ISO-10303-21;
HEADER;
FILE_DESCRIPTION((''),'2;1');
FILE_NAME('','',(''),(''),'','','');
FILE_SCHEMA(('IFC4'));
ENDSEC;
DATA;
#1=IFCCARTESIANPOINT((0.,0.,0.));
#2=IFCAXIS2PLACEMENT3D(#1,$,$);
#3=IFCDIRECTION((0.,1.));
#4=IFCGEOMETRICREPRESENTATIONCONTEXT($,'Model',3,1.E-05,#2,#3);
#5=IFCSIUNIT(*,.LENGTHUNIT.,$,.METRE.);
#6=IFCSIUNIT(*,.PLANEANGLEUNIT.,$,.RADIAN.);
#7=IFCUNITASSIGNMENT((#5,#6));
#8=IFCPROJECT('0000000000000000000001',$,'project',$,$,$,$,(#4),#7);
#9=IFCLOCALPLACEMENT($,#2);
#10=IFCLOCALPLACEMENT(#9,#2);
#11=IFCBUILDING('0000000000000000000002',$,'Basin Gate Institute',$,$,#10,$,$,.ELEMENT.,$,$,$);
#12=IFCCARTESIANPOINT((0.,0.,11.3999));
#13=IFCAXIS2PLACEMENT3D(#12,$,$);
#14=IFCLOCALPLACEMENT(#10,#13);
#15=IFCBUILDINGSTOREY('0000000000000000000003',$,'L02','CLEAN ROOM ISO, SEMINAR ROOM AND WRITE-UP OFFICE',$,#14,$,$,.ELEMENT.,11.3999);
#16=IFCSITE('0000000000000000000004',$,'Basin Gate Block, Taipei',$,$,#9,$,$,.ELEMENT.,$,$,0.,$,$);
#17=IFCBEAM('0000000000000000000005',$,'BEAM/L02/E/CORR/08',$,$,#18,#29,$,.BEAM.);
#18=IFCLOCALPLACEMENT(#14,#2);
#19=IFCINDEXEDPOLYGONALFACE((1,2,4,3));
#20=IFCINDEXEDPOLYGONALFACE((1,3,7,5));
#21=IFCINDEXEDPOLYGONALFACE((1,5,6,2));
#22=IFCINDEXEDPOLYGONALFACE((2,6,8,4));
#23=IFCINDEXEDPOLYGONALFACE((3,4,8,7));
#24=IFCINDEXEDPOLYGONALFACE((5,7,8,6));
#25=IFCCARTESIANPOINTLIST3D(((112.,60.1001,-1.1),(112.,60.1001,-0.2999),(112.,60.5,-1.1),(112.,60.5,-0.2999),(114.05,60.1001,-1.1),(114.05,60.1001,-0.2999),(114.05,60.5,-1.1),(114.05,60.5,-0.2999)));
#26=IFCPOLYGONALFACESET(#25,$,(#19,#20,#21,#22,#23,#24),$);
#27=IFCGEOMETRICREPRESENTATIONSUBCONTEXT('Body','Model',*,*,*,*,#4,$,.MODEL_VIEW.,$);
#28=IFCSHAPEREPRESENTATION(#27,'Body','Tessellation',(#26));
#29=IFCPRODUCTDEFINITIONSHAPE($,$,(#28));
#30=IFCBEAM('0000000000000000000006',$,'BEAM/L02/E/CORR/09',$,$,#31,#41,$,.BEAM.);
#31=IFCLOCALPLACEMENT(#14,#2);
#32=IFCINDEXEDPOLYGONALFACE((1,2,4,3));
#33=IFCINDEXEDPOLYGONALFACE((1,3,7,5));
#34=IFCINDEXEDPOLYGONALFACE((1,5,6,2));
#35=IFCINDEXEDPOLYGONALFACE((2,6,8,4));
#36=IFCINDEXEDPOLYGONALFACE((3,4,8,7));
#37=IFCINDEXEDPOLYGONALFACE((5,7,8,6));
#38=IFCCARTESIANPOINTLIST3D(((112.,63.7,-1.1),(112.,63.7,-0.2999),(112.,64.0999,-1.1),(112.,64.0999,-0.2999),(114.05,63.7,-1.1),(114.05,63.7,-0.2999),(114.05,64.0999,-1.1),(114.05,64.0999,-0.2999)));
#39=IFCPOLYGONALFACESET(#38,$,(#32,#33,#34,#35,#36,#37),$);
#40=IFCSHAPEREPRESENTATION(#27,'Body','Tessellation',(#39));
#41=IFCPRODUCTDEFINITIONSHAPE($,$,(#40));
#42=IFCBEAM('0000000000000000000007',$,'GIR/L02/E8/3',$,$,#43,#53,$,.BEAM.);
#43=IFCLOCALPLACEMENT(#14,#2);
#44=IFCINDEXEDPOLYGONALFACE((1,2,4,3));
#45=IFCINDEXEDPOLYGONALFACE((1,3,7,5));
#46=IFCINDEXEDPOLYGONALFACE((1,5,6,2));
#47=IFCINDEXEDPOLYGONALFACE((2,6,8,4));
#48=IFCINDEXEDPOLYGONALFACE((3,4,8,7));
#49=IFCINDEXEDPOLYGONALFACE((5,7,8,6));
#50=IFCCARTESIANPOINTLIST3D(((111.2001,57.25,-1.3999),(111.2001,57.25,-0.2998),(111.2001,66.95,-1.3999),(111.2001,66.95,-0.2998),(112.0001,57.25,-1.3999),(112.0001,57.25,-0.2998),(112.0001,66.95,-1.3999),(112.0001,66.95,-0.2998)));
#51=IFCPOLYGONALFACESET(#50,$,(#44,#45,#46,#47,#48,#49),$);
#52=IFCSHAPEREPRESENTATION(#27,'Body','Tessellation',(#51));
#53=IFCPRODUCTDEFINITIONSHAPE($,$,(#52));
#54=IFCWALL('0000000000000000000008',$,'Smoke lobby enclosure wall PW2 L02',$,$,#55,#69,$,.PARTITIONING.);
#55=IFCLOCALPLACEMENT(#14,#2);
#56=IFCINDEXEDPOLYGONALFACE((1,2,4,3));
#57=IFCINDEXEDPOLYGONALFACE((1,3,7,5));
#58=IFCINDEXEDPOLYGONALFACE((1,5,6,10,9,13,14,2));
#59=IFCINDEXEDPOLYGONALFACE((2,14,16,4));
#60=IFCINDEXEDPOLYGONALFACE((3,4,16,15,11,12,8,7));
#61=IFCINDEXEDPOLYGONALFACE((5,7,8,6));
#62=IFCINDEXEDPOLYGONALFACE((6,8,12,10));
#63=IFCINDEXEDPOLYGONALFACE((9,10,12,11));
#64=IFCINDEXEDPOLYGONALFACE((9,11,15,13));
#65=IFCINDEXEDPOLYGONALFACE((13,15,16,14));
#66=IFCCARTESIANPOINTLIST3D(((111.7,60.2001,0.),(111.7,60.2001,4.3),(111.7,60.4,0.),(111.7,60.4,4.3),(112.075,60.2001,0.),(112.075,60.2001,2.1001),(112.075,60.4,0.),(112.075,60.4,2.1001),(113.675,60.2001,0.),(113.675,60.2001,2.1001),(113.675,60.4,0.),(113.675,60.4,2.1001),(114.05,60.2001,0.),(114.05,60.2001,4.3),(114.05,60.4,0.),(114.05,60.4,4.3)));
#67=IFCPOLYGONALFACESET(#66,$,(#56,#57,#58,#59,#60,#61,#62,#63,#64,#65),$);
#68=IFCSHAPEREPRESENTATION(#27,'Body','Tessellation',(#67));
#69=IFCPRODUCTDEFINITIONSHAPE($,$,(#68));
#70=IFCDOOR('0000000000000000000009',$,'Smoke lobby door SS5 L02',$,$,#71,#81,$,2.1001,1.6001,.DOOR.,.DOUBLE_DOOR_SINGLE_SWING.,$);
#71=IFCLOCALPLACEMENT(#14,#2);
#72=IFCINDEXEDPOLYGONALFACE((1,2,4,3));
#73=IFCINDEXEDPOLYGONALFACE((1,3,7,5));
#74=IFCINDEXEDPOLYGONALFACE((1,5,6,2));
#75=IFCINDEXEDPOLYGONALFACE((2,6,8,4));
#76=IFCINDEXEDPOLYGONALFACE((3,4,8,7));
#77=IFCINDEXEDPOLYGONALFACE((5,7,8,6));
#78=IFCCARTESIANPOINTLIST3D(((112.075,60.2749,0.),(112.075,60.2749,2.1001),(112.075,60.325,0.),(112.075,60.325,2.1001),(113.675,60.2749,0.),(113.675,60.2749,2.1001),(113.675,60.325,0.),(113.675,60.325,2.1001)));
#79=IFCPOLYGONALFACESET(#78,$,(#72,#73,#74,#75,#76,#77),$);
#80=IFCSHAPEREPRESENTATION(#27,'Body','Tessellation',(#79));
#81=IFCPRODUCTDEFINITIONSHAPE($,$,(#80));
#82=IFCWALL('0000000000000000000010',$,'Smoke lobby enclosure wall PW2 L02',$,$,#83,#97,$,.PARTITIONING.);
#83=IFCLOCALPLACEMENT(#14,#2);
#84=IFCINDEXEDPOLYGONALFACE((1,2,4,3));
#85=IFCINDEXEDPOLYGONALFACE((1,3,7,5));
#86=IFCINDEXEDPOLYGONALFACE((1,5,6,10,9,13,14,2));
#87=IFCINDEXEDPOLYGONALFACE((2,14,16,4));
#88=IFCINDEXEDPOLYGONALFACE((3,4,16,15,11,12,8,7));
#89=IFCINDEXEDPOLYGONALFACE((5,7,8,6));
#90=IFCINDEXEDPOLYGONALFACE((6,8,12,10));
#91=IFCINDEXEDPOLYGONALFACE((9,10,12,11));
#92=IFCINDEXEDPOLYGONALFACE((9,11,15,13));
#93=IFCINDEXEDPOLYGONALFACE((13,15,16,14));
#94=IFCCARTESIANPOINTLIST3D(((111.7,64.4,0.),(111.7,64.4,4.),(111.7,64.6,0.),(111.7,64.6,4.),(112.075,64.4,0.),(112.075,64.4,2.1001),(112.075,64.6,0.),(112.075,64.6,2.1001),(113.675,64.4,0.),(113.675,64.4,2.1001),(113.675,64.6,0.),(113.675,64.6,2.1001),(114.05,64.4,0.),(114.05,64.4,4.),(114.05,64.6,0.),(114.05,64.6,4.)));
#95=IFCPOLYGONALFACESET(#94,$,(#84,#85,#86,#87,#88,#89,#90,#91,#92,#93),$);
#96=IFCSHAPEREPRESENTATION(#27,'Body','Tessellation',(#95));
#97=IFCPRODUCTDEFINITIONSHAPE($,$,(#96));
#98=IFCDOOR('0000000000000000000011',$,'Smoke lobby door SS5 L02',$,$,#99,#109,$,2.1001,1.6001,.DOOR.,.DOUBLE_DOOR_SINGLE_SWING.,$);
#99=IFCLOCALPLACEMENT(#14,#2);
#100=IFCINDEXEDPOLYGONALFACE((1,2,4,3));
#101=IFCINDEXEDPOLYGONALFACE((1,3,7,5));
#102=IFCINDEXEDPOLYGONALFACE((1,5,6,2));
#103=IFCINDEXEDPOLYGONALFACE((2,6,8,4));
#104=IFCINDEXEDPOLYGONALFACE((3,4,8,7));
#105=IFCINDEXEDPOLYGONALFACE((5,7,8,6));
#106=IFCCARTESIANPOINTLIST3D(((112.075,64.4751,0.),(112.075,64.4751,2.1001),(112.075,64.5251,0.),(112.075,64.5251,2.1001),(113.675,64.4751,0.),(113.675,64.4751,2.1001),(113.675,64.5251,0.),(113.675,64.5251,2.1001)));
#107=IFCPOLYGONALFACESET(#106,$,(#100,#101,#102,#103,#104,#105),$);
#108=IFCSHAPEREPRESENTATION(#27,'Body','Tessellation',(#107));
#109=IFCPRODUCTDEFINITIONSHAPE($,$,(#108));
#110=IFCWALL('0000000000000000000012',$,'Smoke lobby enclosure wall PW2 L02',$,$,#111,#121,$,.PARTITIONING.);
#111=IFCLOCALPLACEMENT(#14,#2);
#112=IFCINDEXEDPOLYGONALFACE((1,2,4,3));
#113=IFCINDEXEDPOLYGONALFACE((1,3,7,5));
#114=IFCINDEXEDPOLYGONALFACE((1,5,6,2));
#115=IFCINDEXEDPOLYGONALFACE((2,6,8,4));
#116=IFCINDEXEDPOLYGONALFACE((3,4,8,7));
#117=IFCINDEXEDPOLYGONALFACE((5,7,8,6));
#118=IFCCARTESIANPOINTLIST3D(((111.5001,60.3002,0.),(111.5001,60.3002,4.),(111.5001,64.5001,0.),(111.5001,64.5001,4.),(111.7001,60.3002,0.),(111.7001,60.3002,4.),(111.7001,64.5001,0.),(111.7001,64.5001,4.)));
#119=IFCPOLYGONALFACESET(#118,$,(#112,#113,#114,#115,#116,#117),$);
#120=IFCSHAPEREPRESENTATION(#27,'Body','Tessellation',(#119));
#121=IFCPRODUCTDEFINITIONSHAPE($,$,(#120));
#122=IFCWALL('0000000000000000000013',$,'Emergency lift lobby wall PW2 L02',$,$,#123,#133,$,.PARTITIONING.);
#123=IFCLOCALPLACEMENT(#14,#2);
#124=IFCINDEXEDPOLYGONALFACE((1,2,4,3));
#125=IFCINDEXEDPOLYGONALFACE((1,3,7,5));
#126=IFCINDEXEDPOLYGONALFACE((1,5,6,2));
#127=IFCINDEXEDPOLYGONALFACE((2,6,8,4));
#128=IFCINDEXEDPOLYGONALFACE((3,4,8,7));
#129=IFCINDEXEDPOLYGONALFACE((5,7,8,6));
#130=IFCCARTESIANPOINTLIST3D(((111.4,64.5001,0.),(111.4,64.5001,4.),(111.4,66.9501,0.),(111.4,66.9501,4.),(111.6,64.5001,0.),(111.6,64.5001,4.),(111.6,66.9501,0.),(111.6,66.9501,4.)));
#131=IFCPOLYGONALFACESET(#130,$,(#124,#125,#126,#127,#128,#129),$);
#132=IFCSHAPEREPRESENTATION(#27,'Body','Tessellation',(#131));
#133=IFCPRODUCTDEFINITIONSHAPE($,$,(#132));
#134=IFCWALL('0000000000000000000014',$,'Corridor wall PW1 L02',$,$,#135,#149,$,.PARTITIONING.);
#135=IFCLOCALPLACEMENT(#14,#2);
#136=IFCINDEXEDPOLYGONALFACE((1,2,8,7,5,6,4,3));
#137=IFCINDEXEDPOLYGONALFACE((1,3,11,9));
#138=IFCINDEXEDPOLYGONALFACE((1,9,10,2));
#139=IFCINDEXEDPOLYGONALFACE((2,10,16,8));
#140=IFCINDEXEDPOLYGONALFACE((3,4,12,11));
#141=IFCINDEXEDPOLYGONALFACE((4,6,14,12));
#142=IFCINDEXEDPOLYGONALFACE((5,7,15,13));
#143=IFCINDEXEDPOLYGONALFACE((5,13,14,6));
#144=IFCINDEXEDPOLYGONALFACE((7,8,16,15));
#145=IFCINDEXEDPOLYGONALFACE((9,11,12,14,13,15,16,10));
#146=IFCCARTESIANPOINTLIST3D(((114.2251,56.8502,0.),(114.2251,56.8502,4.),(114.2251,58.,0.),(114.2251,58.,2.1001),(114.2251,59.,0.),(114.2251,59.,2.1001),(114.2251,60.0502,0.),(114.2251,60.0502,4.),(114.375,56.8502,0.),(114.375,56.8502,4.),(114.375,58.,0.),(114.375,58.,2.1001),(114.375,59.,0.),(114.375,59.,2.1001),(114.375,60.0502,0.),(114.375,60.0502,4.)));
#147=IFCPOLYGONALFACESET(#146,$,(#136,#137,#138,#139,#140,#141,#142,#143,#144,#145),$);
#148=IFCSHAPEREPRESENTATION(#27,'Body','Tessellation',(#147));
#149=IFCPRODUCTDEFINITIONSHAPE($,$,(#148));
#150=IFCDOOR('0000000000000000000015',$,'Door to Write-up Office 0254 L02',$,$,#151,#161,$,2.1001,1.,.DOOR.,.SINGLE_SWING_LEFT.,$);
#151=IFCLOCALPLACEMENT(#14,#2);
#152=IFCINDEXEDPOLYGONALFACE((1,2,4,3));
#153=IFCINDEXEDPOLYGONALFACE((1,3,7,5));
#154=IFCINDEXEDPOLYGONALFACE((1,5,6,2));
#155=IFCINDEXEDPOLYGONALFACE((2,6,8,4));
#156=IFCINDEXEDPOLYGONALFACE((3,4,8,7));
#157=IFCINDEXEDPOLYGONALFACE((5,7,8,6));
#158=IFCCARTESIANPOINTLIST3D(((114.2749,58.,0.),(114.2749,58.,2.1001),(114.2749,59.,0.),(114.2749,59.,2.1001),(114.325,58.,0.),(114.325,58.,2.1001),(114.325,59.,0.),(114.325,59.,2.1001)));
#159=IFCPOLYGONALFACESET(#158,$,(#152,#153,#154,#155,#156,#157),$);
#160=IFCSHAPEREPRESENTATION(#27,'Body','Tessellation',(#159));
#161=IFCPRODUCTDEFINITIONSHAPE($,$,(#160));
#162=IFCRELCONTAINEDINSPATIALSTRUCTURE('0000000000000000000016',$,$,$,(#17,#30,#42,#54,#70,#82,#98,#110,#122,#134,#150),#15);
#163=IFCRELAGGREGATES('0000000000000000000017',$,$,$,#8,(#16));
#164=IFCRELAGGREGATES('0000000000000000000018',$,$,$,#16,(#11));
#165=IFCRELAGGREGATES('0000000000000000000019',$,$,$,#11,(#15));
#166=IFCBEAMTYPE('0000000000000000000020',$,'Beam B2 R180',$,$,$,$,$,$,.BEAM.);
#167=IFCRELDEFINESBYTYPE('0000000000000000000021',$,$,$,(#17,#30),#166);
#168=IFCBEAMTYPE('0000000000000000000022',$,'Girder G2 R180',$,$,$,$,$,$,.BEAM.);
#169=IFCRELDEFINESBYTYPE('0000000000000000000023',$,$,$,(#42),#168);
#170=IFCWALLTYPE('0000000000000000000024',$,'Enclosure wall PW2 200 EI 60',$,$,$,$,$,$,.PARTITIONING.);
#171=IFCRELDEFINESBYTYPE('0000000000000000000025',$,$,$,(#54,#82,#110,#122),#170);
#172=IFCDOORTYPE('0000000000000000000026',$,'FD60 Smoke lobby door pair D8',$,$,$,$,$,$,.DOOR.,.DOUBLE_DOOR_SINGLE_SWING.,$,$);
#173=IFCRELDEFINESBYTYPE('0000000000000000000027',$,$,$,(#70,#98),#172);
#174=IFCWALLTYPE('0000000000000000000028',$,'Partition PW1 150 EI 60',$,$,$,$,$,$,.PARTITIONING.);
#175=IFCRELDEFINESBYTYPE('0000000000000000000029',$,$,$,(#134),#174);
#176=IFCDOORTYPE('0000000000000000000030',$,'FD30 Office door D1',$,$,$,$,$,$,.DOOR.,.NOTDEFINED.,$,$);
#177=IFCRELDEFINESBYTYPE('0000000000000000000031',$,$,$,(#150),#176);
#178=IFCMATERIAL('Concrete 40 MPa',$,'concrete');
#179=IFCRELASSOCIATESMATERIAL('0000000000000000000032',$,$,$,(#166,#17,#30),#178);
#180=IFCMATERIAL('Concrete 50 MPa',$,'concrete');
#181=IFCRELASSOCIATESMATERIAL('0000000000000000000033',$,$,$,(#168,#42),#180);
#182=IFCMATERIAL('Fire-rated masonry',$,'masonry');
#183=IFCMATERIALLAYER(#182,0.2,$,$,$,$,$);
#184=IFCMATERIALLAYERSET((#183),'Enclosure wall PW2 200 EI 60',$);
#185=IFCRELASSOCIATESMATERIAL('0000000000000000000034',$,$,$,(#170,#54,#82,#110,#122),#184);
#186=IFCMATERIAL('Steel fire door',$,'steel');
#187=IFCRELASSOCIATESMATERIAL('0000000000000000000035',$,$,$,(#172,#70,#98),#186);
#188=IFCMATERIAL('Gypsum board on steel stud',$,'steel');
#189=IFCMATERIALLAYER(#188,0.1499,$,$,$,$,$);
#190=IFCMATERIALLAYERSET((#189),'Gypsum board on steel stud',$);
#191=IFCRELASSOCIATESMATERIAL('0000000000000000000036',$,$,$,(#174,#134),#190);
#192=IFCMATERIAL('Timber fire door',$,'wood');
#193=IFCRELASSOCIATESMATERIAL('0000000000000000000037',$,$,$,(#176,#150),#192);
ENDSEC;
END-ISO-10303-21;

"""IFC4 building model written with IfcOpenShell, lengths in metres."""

from ifc_helpers import new_model, si_unit, direction, frame, frame_2d, origin, origin_2d, place, context, subcontext, project, spatial, rectangle, extrude, material, layer, layer_set, material_profile, profile_set, type_object, element, fill, save


model = new_model("IFC4")

# Units and contexts
model_context = context("Model", 3, precision=1e-05, world=origin(), true_north=direction((0.0, 1.0)))
body_context = subcontext(model_context, "Body", "Model", "MODEL_VIEW")
ifc_project = project(units=[si_unit("LENGTHUNIT", "METRE"), si_unit("PLANEANGLEUNIT", "RADIAN")], contexts=[model_context])

# Site, building, storey
site_placement = place(None, origin())
site = spatial("IfcSite", under=ifc_project, at=site_placement, Name="Basin Gate Block, Taipei", CompositionType="ELEMENT", RefElevation=0.0)
building_placement = place(site_placement, origin())
building = spatial("IfcBuilding", under=site, at=building_placement, Name="Basin Gate Institute", CompositionType="ELEMENT")
storey_placement = place(building_placement, frame((0.0, 0.0, 11.3999)))
storey = spatial("IfcBuildingStorey", under=building, at=storey_placement, Name="L02", Description="CLEAN ROOM ISO, SEMINAR ROOM AND WRITE-UP OFFICE", CompositionType="ELEMENT", Elevation=11.3999)

# Beams
ifc_material_1 = material(Name="Concrete 40 MPa", Category="concrete")
ifc_material_profile_1 = material_profile(ifc_material_1, rectangle(XDim=0.3999, YDim=0.8, at=origin_2d()), Name="Beam B2 400 x 800")
ifc_profile_set_1 = profile_set([ifc_material_profile_1], Name="Concrete 40 MPa")
beam_type_1 = type_object("IfcBeamType", Name="Beam B2 R180", PredefinedType="BEAM", material=ifc_profile_set_1)
for number, where, z_axis, x_axis, name in (
    (1, (114.05, 60.3, -0.7), (-1.0, 0.0, 0.0), (0.0, -1.0, 0.0), "BEAM/L02/E/CORR/08"),
    (2, (114.05, 63.8999, -0.7), (-1.0, 0.0, 0.0), (0.0, -1.0, 0.0), "BEAM/L02/E/CORR/09"),
):
    element("IfcBeam", number, at=place(storey_placement, frame(where, z_axis=z_axis, x_axis=x_axis)), inside=storey, type_object=beam_type_1, material=ifc_profile_set_1, Name=name, PredefinedType="BEAM", context=body_context, shape_type="SweptSolid", body=[
        extrude(rectangle(XDim=0.3999, YDim=0.8, at=origin_2d()), origin(), (0.0, 0.0, 1.0), 2.05),
    ])
ifc_material_2 = material(Name="Concrete 50 MPa", Category="concrete")
ifc_material_profile_2 = material_profile(ifc_material_2, rectangle(XDim=0.8, YDim=1.1001, at=origin_2d()), Name="Girder G2 800 x 1100")
ifc_profile_set_2 = profile_set([ifc_material_profile_2], Name="Concrete 50 MPa")
beam_type_2 = type_object("IfcBeamType", Name="Girder G2 R180", PredefinedType="BEAM", material=ifc_profile_set_2)
beam_placement = place(storey_placement, frame((111.6001, 57.25, -0.8499), z_axis=(0.0, 1.0, 0.0), x_axis=(-1.0, 0.0, 0.0)))
element("IfcBeam", 3, at=beam_placement, inside=storey, type_object=beam_type_2, material=ifc_profile_set_2, Name="GIR/L02/E8/3", PredefinedType="BEAM", context=body_context, shape_type="SweptSolid", body=[
    extrude(rectangle(XDim=0.8, YDim=1.1001, at=origin_2d()), origin(), (0.0, 0.0, 1.0), 9.7),
])

# Walls, openings, doors
ifc_material_3 = material(Name="Fire-rated masonry", Category="masonry")
ifc_layer_1 = layer(ifc_material_3, 0.2)
ifc_layer_set_1 = layer_set([ifc_layer_1], Name="Enclosure wall PW2 200 EI 60")
wall_type_1 = type_object("IfcWallType", Name="Enclosure wall PW2 200 EI 60", PredefinedType="PARTITIONING", material=ifc_layer_set_1)
wall_1_placement = place(storey_placement, frame((114.05, 60.3, 0.0), z_axis=(0.0, 0.0, 1.0), x_axis=(-1.0, 0.0, 0.0)))
wall_1 = element("IfcWall", 4, at=wall_1_placement, inside=storey, type_object=wall_type_1, material=ifc_layer_set_1, Name="Smoke lobby enclosure wall PW2 L02", PredefinedType="PARTITIONING", context=body_context, shape_type="SweptSolid", body=[
    extrude(rectangle(XDim=2.3501, YDim=0.2, at=frame_2d((1.175, 0.0))), origin(), (0.0, 0.0, 1.0), 4.3),
])
opening_1_placement = place(wall_1_placement, frame((0.375, 0.0, 0.0)))
opening_1 = element("IfcOpeningElement", 5, at=opening_1_placement, cuts=wall_1, PredefinedType="OPENING", context=body_context, shape_type="SweptSolid", body=[
    extrude(rectangle(XDim=1.6001, YDim=2.1001, at=frame_2d((0.8, 1.05))), frame((0.0, 0.1099, 0.0), z_axis=(0.0, -1.0, 0.0), x_axis=(1.0, 0.0, 0.0)), (0.0, 0.0, 1.0), 0.22),
])
ifc_material_4 = material(Name="Steel fire door", Category="steel")
door_type_1 = type_object("IfcDoorType", Name="FD60 Smoke lobby door pair D8", OperationType="DOUBLE_DOOR_SINGLE_SWING", PredefinedType="DOOR", material=ifc_material_4)
door_1_placement = place(opening_1_placement, frame((1.6001, 0.0, 0.0), z_axis=(0.0, 0.0, 1.0), x_axis=(-1.0, 0.0, 0.0)))
door_1 = element("IfcDoor", 6, at=door_1_placement, inside=storey, type_object=door_type_1, material=ifc_material_4, Name="Smoke lobby door SS5 L02", OperationType="DOUBLE_DOOR_SINGLE_SWING", OverallHeight=2.1001, OverallWidth=1.6001, PredefinedType="DOOR", context=body_context, shape_type="SweptSolid", body=[
    extrude(rectangle(XDim=1.6001, YDim=2.1001, at=frame_2d((0.8, 1.05))), frame((0.0, 0.0249, 0.0), z_axis=(0.0, -1.0, 0.0), x_axis=(1.0, 0.0, 0.0)), (0.0, 0.0, 1.0), 0.05),
])
fill(opening_1, door_1)
wall_2_placement = place(storey_placement, frame((114.05, 64.5, 0.0), z_axis=(0.0, 0.0, 1.0), x_axis=(-1.0, 0.0, 0.0)))
wall_2 = element("IfcWall", 7, at=wall_2_placement, inside=storey, type_object=wall_type_1, material=ifc_layer_set_1, Name="Smoke lobby enclosure wall PW2 L02", PredefinedType="PARTITIONING", context=body_context, shape_type="SweptSolid", body=[
    extrude(rectangle(XDim=2.3501, YDim=0.2, at=frame_2d((1.175, 0.0))), origin(), (0.0, 0.0, 1.0), 4.0),
])
opening_2_placement = place(wall_2_placement, frame((0.375, 0.0, 0.0)))
opening_2 = element("IfcOpeningElement", 8, at=opening_2_placement, cuts=wall_2, PredefinedType="OPENING", context=body_context, shape_type="SweptSolid", body=[
    extrude(rectangle(XDim=1.6001, YDim=2.1001, at=frame_2d((0.8, 1.05))), frame((0.0, 0.1099, 0.0), z_axis=(0.0, -1.0, 0.0), x_axis=(1.0, 0.0, 0.0)), (0.0, 0.0, 1.0), 0.22),
])
door_2_placement = place(opening_2_placement, origin())
door_2 = element("IfcDoor", 9, at=door_2_placement, inside=storey, type_object=door_type_1, material=ifc_material_4, Name="Smoke lobby door SS5 L02", OperationType="DOUBLE_DOOR_SINGLE_SWING", OverallHeight=2.1001, OverallWidth=1.6001, PredefinedType="DOOR", context=body_context, shape_type="SweptSolid", body=[
    extrude(rectangle(XDim=1.6001, YDim=2.1001, at=frame_2d((0.8, 1.05))), frame((0.0, 0.0249, 0.0), z_axis=(0.0, -1.0, 0.0), x_axis=(1.0, 0.0, 0.0)), (0.0, 0.0, 1.0), 0.05),
])
fill(opening_2, door_2)

# Walls
wall_3_placement = place(storey_placement, frame((111.6001, 60.3, 0.0), z_axis=(0.0, 0.0, 1.0), x_axis=(0.0, 1.0, 0.0)))
element("IfcWall", 10, at=wall_3_placement, inside=storey, type_object=wall_type_1, material=ifc_layer_set_1, Name="Smoke lobby enclosure wall PW2 L02", PredefinedType="PARTITIONING", context=body_context, shape_type="SweptSolid", body=[
    extrude(rectangle(XDim=4.2, YDim=0.2, at=frame_2d((2.1001, 0.0))), origin(), (0.0, 0.0, 1.0), 4.0),
])
wall_4_placement = place(storey_placement, frame((111.5, 64.5, 0.0), z_axis=(0.0, 0.0, 1.0), x_axis=(0.0, 1.0, 0.0)))
element("IfcWall", 11, at=wall_4_placement, inside=storey, type_object=wall_type_1, material=ifc_layer_set_1, Name="Emergency lift lobby wall PW2 L02", PredefinedType="PARTITIONING", context=body_context, shape_type="SweptSolid", body=[
    extrude(rectangle(XDim=2.45, YDim=0.2, at=frame_2d((1.2251, 0.0))), origin(), (0.0, 0.0, 1.0), 4.0),
])

# Wall, opening, door
ifc_material_5 = material(Name="Gypsum board on steel stud", Category="steel")
ifc_layer_2 = layer(ifc_material_5, 0.1499)
ifc_layer_set_2 = layer_set([ifc_layer_2], Name="Gypsum board on steel stud")
wall_type_2 = type_object("IfcWallType", Name="Partition PW1 150 EI 60", PredefinedType="PARTITIONING", material=ifc_layer_set_2)
wall_5_placement = place(storey_placement, frame((114.3, 56.8501, 0.0), z_axis=(0.0, 0.0, 1.0), x_axis=(0.0, 1.0, 0.0)))
wall_5 = element("IfcWall", 12, at=wall_5_placement, inside=storey, type_object=wall_type_2, material=ifc_layer_set_2, Name="Corridor wall PW1 L02", PredefinedType="PARTITIONING", context=body_context, shape_type="SweptSolid", body=[
    extrude(rectangle(XDim=3.2, YDim=0.1499, at=frame_2d((1.6001, 0.0))), origin(), (0.0, 0.0, 1.0), 4.0),
])
opening_3_placement = place(wall_5_placement, frame((1.1499, 0.0, 0.0)))
opening_3 = element("IfcOpeningElement", 13, at=opening_3_placement, cuts=wall_5, PredefinedType="OPENING", context=body_context, shape_type="SweptSolid", body=[
    extrude(rectangle(XDim=1.0, YDim=2.1001, at=frame_2d((0.5, 1.05))), frame((0.0, 0.085, 0.0), z_axis=(0.0, -1.0, 0.0), x_axis=(1.0, 0.0, 0.0)), (0.0, 0.0, 1.0), 0.1699),
])
ifc_material_6 = material(Name="Timber fire door", Category="wood")
door_type_2 = type_object("IfcDoorType", Name="FD30 Office door D1", OperationType="NOTDEFINED", PredefinedType="DOOR", material=ifc_material_6)
door_3_placement = place(opening_3_placement, frame((1.0, 0.0, 0.0), z_axis=(0.0, 0.0, 1.0), x_axis=(-1.0, 0.0, 0.0)))
door_3 = element("IfcDoor", 14, at=door_3_placement, inside=storey, type_object=door_type_2, material=ifc_material_6, Name="Door to Write-up Office 0254 L02", OperationType="SINGLE_SWING_LEFT", OverallHeight=2.1001, OverallWidth=1.0, PredefinedType="DOOR", context=body_context, shape_type="SweptSolid", body=[
    extrude(rectangle(XDim=1.0, YDim=2.1001, at=frame_2d((0.5, 1.05))), frame((0.0, 0.0249, 0.0), z_axis=(0.0, -1.0, 0.0), x_axis=(1.0, 0.0, 0.0)), (0.0, 0.0, 1.0), 0.05),
])
fill(opening_3, door_3)

save(model, "model.ifc")
